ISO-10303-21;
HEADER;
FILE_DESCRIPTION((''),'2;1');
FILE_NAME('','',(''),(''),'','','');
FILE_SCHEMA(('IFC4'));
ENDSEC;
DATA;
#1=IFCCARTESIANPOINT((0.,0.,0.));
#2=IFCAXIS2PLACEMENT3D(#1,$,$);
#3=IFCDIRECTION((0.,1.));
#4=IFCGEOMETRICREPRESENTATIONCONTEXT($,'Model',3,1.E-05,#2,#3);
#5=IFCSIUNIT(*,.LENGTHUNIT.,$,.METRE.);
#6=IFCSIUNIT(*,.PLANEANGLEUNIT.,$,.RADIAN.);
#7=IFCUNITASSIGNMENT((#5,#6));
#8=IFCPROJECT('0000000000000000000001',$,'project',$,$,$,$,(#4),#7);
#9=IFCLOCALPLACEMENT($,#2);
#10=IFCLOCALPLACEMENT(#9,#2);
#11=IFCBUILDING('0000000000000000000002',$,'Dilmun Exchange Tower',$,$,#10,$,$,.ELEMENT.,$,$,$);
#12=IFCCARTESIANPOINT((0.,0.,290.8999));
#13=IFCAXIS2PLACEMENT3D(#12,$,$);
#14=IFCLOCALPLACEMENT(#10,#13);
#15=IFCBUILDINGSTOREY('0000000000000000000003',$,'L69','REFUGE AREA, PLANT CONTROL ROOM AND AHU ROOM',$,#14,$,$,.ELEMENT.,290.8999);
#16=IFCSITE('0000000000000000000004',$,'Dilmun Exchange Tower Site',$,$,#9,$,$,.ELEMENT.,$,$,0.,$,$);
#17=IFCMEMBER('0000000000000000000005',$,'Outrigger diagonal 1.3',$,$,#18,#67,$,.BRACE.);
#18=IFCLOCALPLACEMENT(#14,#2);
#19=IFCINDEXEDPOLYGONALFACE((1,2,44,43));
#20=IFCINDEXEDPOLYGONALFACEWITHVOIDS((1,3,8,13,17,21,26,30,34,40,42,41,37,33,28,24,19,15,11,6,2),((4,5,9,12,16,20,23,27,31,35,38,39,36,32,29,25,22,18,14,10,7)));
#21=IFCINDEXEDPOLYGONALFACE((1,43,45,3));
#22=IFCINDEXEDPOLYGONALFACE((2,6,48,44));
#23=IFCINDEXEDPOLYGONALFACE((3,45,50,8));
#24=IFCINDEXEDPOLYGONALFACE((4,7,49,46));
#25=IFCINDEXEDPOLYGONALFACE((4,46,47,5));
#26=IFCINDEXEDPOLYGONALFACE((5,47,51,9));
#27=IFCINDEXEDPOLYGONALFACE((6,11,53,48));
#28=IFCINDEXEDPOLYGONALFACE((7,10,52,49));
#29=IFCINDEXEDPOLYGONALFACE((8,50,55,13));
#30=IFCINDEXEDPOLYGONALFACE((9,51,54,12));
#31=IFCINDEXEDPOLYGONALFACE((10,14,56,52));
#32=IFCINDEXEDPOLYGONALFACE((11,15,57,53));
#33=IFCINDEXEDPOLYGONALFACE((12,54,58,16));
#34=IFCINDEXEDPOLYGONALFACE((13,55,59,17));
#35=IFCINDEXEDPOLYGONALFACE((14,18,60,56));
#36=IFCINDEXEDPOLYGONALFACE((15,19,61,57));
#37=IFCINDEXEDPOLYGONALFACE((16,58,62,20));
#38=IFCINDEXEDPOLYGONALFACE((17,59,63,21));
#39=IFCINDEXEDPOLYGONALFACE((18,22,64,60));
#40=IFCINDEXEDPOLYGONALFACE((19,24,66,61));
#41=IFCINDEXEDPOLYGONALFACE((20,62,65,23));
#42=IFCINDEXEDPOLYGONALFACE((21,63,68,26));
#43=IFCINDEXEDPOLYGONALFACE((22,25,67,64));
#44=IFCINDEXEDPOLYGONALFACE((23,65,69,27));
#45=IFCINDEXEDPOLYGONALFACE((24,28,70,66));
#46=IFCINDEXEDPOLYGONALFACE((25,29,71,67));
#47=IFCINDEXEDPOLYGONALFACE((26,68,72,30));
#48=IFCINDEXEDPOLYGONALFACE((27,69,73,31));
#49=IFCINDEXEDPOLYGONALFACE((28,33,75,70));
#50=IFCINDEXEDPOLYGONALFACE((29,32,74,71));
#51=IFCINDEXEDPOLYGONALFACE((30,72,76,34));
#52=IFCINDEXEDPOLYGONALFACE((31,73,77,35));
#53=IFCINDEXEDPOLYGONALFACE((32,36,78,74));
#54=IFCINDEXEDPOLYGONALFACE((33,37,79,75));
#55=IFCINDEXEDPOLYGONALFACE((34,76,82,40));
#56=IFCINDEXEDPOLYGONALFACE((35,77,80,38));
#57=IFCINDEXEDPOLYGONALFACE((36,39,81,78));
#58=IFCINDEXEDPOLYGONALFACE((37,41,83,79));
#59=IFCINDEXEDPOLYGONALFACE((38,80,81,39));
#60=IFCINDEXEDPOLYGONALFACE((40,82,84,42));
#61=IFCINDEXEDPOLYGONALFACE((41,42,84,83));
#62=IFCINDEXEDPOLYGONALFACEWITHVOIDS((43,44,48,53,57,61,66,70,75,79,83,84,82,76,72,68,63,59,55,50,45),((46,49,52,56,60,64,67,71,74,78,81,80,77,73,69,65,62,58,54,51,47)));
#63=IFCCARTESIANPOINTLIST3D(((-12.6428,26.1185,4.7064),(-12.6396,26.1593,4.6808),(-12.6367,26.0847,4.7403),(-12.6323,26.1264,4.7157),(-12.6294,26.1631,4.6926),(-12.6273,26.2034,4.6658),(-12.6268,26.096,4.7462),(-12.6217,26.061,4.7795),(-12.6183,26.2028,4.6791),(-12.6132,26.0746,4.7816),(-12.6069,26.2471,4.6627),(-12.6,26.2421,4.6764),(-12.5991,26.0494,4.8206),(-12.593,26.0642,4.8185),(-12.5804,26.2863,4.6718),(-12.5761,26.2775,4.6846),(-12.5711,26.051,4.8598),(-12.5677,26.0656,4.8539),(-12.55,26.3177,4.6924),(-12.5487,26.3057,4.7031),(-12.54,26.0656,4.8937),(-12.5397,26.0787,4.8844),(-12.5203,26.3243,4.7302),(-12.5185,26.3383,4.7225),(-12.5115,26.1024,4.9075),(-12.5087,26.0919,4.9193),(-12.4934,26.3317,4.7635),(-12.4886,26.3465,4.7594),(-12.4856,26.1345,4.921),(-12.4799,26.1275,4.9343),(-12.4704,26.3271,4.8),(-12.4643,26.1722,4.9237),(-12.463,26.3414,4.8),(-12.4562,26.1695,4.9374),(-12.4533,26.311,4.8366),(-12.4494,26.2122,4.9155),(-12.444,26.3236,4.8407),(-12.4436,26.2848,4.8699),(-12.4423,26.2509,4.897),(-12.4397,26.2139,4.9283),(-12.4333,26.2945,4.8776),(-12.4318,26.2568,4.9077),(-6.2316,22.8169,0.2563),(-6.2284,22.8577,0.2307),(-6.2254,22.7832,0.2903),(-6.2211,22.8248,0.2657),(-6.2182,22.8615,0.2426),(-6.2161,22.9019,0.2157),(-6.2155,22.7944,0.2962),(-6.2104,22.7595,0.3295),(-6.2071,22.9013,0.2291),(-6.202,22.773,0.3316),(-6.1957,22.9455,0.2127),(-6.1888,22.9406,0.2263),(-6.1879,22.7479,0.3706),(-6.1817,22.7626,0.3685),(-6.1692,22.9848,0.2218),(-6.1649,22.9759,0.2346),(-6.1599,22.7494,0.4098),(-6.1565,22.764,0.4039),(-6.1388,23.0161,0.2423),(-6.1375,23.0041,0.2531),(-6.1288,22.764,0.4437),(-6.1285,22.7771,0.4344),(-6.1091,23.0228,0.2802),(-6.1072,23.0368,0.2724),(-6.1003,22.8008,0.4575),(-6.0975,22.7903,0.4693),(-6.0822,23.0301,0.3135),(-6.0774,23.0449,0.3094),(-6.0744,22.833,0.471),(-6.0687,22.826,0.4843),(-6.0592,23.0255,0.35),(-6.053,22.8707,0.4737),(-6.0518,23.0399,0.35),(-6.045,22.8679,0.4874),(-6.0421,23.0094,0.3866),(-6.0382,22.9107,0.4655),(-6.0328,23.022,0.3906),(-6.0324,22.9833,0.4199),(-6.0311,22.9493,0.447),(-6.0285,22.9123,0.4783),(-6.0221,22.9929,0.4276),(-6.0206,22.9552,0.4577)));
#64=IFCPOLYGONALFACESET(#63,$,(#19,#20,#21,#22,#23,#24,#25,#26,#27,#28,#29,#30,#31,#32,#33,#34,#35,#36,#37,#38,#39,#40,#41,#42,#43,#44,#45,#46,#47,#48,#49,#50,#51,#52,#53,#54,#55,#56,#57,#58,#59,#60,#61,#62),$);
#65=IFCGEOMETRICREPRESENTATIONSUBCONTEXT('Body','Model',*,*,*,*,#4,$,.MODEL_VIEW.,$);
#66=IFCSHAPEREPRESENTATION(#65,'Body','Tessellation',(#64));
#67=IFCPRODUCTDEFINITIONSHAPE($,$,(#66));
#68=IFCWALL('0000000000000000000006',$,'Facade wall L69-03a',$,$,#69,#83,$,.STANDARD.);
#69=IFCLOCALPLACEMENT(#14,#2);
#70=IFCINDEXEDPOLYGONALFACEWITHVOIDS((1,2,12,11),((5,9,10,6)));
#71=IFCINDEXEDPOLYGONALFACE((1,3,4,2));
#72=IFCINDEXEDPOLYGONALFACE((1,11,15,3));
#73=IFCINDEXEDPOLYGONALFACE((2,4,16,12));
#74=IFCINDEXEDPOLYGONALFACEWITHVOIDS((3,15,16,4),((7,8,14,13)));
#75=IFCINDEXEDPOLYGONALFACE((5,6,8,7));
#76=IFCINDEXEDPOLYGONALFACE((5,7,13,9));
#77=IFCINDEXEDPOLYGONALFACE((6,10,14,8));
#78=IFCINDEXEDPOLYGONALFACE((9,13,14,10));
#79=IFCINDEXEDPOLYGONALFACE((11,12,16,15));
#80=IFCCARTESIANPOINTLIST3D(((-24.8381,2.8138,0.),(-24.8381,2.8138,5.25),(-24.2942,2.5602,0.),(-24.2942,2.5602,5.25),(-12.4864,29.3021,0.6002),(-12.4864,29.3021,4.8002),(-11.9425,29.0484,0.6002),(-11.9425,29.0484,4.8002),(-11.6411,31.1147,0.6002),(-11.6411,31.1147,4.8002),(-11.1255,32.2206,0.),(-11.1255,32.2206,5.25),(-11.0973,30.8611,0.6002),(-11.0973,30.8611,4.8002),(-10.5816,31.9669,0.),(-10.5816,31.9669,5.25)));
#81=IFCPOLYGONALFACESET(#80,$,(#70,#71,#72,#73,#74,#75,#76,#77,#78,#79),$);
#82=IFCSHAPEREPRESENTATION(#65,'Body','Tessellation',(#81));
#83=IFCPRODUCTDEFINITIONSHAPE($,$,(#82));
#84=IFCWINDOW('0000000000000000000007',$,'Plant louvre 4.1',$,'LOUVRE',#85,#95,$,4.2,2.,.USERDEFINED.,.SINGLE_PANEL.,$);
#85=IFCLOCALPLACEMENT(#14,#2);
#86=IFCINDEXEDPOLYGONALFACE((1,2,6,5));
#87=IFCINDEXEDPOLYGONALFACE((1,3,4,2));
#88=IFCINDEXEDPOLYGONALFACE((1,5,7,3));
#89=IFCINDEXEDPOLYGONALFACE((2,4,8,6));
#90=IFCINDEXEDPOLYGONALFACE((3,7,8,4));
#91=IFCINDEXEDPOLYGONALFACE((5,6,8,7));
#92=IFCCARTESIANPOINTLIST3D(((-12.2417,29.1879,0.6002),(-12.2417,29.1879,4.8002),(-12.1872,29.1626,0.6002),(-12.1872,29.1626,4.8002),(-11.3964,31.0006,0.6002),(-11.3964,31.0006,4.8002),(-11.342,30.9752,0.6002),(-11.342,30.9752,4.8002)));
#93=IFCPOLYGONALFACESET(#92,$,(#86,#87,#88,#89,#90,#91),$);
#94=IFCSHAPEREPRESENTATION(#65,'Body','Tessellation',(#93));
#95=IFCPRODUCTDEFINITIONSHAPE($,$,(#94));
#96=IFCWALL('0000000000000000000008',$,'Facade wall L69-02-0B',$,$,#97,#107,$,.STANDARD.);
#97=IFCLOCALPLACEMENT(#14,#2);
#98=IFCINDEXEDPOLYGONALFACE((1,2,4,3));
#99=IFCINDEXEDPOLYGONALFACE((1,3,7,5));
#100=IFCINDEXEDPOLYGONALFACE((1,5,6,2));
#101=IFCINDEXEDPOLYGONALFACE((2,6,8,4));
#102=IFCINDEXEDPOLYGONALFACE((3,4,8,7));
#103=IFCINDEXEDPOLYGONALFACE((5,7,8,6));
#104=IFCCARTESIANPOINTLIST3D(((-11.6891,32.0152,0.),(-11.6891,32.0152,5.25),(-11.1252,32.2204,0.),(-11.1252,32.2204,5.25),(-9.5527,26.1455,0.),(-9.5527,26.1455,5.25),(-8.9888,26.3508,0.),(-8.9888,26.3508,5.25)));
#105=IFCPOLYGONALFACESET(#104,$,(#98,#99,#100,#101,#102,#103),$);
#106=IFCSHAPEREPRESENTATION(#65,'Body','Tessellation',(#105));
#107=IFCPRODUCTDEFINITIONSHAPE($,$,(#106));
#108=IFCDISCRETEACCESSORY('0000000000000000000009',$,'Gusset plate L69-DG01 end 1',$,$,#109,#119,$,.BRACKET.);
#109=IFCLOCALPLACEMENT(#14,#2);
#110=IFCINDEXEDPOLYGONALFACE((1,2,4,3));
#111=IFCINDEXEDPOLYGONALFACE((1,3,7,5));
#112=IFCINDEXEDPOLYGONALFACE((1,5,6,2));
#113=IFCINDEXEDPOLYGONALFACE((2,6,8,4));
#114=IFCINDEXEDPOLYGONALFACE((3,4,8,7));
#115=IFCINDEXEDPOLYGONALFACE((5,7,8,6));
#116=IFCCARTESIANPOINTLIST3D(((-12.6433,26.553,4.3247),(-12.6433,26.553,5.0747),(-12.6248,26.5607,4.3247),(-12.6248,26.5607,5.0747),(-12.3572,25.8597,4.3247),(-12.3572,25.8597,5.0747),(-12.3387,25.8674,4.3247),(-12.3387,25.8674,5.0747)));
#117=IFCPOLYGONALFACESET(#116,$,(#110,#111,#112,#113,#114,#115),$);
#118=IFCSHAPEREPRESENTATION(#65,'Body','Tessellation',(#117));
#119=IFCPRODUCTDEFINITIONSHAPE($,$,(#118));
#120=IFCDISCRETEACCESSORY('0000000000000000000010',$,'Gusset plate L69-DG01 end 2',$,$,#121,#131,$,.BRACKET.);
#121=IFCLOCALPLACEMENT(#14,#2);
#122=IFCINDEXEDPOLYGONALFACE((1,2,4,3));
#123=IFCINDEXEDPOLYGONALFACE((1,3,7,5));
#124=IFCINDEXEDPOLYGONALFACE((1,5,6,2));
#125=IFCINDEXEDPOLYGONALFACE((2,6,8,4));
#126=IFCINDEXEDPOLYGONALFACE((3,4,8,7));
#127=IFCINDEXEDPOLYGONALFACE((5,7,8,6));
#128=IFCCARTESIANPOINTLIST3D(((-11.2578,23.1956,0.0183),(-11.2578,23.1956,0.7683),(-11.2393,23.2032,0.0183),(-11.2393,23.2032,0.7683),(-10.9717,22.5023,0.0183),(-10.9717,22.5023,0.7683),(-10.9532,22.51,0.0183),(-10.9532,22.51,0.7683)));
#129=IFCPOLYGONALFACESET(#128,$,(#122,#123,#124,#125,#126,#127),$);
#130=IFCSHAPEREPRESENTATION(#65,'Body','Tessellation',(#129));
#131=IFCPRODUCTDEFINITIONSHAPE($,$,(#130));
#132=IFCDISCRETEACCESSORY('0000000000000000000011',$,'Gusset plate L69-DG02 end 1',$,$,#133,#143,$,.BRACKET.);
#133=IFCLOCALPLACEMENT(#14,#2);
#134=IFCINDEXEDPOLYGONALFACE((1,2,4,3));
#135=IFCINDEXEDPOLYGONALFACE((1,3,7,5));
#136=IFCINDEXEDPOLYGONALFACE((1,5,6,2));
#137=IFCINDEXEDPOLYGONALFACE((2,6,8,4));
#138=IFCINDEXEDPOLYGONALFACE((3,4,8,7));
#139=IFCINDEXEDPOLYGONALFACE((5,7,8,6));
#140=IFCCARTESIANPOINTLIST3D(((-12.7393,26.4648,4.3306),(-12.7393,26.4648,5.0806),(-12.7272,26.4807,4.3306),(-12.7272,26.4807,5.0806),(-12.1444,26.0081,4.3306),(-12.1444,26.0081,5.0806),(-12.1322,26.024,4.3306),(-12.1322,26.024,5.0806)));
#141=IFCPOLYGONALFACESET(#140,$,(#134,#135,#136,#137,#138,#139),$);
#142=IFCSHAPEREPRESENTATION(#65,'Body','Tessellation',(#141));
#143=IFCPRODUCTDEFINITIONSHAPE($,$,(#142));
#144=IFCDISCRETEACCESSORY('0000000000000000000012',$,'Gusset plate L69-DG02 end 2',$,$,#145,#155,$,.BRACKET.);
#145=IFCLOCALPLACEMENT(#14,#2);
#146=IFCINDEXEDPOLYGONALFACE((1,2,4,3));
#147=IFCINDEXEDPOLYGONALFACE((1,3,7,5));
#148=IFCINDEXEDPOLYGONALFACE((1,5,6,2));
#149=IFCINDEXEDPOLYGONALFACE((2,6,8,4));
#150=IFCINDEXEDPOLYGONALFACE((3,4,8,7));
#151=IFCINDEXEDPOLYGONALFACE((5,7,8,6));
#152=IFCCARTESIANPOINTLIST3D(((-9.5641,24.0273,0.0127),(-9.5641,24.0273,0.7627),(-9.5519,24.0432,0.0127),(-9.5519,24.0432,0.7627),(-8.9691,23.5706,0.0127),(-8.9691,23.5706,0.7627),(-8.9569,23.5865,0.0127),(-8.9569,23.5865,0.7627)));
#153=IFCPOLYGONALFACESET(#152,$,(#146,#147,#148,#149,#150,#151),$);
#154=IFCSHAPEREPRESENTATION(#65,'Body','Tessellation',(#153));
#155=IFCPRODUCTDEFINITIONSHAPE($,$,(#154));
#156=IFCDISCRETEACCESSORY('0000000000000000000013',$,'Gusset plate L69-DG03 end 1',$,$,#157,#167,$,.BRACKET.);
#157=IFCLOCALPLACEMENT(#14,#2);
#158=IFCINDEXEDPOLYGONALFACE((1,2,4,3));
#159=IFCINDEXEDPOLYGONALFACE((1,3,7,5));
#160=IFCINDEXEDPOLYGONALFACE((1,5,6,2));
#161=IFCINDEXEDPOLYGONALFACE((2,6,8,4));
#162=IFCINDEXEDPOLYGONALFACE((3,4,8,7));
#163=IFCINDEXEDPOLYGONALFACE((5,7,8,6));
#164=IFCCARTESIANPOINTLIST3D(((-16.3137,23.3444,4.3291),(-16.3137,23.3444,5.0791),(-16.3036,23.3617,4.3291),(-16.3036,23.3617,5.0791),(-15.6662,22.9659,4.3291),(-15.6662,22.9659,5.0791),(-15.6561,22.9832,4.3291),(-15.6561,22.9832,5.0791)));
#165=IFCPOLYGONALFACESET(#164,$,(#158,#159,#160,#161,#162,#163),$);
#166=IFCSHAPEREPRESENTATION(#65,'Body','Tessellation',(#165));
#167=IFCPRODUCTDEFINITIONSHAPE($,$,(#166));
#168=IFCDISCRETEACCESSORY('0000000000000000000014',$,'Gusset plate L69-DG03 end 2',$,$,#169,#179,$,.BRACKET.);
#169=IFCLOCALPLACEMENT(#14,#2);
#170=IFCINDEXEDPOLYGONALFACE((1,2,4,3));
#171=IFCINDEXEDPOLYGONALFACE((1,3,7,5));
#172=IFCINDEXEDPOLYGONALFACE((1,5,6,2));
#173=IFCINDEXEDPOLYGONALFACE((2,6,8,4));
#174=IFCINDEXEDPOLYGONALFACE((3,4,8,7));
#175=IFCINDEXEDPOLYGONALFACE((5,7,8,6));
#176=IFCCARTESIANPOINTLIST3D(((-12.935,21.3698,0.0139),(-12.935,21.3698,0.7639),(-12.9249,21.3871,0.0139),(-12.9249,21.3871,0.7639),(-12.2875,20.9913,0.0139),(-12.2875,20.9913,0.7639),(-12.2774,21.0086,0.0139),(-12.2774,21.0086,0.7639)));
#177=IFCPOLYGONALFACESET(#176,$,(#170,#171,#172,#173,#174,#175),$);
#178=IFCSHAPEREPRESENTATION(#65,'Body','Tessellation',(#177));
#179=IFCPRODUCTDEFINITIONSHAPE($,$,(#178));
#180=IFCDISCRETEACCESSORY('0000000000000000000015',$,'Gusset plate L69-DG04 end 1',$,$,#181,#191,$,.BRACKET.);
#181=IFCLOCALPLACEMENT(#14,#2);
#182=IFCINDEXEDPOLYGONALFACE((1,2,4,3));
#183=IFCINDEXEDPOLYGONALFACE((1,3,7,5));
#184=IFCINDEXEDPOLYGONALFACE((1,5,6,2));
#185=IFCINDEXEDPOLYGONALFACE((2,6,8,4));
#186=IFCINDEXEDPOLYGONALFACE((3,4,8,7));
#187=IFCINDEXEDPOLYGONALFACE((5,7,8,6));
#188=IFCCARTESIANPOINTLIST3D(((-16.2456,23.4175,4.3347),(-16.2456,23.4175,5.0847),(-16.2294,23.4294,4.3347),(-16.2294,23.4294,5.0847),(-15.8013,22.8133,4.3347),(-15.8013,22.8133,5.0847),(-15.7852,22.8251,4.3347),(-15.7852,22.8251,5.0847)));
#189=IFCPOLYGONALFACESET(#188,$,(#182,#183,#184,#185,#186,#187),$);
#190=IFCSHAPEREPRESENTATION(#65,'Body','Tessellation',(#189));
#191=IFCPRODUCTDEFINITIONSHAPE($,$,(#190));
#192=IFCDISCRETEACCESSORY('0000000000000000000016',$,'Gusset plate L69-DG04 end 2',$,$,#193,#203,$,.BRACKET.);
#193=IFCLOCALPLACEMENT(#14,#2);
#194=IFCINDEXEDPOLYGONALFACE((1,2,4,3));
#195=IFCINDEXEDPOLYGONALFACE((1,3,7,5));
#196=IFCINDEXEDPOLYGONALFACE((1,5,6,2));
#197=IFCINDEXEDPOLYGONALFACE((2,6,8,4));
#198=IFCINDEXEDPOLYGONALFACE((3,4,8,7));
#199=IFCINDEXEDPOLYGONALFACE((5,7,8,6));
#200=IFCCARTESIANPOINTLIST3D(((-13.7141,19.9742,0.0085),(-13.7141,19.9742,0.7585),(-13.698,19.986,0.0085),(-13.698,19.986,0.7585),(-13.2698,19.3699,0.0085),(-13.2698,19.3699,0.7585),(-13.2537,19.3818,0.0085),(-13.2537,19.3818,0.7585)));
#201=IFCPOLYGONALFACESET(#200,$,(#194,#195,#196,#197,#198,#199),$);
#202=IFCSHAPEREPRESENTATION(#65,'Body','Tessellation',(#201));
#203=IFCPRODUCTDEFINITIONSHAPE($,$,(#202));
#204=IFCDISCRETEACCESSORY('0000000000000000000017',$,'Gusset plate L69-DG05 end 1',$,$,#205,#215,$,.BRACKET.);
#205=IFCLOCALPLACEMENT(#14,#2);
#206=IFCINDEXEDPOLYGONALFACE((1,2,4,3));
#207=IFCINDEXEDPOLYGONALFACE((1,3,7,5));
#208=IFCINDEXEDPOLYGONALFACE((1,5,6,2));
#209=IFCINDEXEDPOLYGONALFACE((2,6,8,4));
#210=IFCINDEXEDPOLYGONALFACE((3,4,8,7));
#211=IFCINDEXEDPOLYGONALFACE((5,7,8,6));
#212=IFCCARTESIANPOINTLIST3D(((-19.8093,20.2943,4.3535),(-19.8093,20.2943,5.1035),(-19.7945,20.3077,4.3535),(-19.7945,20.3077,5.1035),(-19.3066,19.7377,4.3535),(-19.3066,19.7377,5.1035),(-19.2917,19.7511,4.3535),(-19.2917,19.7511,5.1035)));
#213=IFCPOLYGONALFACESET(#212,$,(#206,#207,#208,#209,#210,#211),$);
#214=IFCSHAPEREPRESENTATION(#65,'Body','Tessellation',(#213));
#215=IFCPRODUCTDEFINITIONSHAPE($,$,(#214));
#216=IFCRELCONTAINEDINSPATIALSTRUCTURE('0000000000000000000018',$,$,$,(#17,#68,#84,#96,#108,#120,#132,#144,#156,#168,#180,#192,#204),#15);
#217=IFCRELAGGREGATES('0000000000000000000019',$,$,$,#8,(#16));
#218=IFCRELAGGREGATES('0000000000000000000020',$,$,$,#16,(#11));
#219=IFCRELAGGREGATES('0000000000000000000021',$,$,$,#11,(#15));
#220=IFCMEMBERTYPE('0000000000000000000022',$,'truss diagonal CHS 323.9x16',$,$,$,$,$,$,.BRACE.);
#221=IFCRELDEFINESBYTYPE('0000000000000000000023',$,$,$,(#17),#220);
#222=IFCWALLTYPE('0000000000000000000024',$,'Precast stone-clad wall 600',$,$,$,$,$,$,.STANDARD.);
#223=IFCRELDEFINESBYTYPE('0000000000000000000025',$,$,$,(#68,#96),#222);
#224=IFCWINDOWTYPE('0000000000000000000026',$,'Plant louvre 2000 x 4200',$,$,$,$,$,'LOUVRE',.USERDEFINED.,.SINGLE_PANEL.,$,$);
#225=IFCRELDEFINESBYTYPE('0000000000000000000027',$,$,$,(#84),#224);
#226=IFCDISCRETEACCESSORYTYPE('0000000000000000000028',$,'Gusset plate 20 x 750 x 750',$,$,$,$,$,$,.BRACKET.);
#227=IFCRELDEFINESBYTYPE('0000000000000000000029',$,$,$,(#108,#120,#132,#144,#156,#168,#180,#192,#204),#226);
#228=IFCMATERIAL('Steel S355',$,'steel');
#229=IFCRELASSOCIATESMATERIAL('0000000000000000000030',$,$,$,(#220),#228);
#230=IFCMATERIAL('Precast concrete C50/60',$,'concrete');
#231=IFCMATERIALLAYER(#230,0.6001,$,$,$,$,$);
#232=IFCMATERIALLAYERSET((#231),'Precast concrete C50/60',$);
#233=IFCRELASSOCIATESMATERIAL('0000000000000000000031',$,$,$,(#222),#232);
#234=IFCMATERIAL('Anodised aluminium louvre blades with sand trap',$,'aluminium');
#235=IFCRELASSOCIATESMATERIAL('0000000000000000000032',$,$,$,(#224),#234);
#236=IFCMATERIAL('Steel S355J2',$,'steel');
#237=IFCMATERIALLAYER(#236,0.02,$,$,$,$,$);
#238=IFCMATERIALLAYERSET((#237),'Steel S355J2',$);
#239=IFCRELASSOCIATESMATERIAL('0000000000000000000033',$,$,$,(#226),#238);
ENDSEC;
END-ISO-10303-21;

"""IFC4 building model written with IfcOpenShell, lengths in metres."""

from ifc_helpers import new_model, si_unit, direction, frame, frame_2d, origin, origin_2d, place, context, subcontext, project, spatial, rectangle, hollow_circle, extrude, material, layer, layer_set, material_profile, profile_set, type_object, element, fill, save


model = new_model("IFC4")

# Units and contexts
model_context = context("Model", 3, precision=1e-05, world=origin(), true_north=direction((0.0, 1.0)))
body_context = subcontext(model_context, "Body", "Model", "MODEL_VIEW")
ifc_project = project(units=[si_unit("LENGTHUNIT", "METRE"), si_unit("PLANEANGLEUNIT", "RADIAN")], contexts=[model_context])

# Site, building, storey
site_placement = place(None, origin())
site = spatial("IfcSite", under=ifc_project, at=site_placement, Name="Dilmun Exchange Tower Site", CompositionType="ELEMENT", RefElevation=0.0)
building_placement = place(site_placement, origin())
building = spatial("IfcBuilding", under=site, at=building_placement, Name="Dilmun Exchange Tower", CompositionType="ELEMENT")
storey_placement = place(building_placement, frame((0.0, 0.0, 290.8999)))
storey = spatial("IfcBuildingStorey", under=building, at=storey_placement, Name="L69", Description="REFUGE AREA, PLANT CONTROL ROOM AND AHU ROOM", CompositionType="ELEMENT", Elevation=290.8999)

# Shared definitions
ifc_material_1 = material(Name="Steel S355", Category="steel")

# Member
ifc_material_profile_1 = material_profile(ifc_material_1, hollow_circle(Radius=0.1619, WallThickness=0.0161, at=origin_2d()), Name="CHS 323.9x16")
ifc_profile_set_1 = profile_set([ifc_material_profile_1], Name="Steel S355")
member_type_1 = type_object("IfcMemberType", Name="truss diagonal CHS 323.9x16", PredefinedType="BRACE", material=ifc_profile_set_1)
member_1_placement = place(storey_placement, frame((-12.5371, 26.1975, 4.8), z_axis=(0.756586, -0.389616, -0.525145), x_axis=(0.457826, 0.889042, 0.0)))
element("IfcMember", 1, at=member_1_placement, inside=storey, type_object=member_type_1, Name="Outrigger diagonal 1.3", PredefinedType="BRACE", context=body_context, shape_type="SweptSolid", body=[
    extrude(hollow_circle(Radius=0.1619, WallThickness=0.0161, at=origin_2d()), origin(), (0.0, 0.0, 1.0), 8.4739),
])

# Wall, opening, window
ifc_material_2 = material(Name="Precast concrete C50/60", Category="concrete")
ifc_layer_1 = layer(ifc_material_2, 0.6001)
ifc_layer_set_1 = layer_set([ifc_layer_1], Name="Precast concrete C50/60")
wall_type = type_object("IfcWallType", Name="Precast stone-clad wall 600", PredefinedType="STANDARD", material=ifc_layer_set_1)
wall_1_placement = place(storey_placement, frame((-10.8535, 32.0938, 0.0), z_axis=(0.0, 0.0, 1.0), x_axis=(-0.42262, -0.906307, 0.0)))
wall_1 = element("IfcWall", 2, at=wall_1_placement, inside=storey, type_object=wall_type, Name="Facade wall L69-03a", PredefinedType="STANDARD", context=body_context, shape_type="SweptSolid", body=[
    extrude(rectangle(XDim=32.4468, YDim=0.6001, at=frame_2d((16.2234, 0.0))), origin(), (0.0, 0.0, 1.0), 5.25),
])
opening_placement = place(wall_1_placement, frame((1.2202, 0.0, 0.6001)))
opening = element("IfcOpeningElement", 3, at=opening_placement, cuts=wall_1, PredefinedType="OPENING", context=body_context, shape_type="SweptSolid", body=[
    extrude(rectangle(XDim=2.0, YDim=4.2, at=frame_2d((1.0, 2.1001))), frame((0.0, 0.3101, 0.0), z_axis=(0.0, -1.0, 0.0), x_axis=(1.0, 0.0, 0.0)), (0.0, 0.0, 1.0), 0.6201),
])
ifc_material_3 = material(Name="Anodised aluminium louvre blades with sand trap", Category="aluminium")
window_type = type_object("IfcWindowType", Name="Plant louvre 2000 x 4200", ElementType="LOUVRE", PartitioningType="SINGLE_PANEL", PredefinedType="USERDEFINED", material=ifc_material_3)
window_placement = place(opening_placement, origin())
window = element("IfcWindow", 4, at=window_placement, inside=storey, type_object=window_type, Name="Plant louvre 4.1", ObjectType="LOUVRE", OverallHeight=4.2, OverallWidth=2.0, PartitioningType="SINGLE_PANEL", PredefinedType="USERDEFINED", context=body_context, shape_type="SweptSolid", body=[
    extrude(rectangle(XDim=2.0, YDim=4.2, at=frame_2d((1.0, 2.1001))), frame((0.0, 0.03, 0.0), z_axis=(0.0, -1.0, 0.0), x_axis=(1.0, 0.0, 0.0)), (0.0, 0.0, 1.0), 0.0601),
])
fill(opening, window)

# Wall
wall_2_placement = place(storey_placement, frame((-9.2708, 26.2483, 0.0), z_axis=(0.0, 0.0, 1.0), x_axis=(-0.342035, 0.939687, 0.0)))
element("IfcWall", 5, at=wall_2_placement, inside=storey, type_object=wall_type, Name="Facade wall L69-02-0B", PredefinedType="STANDARD", context=body_context, shape_type="SweptSolid", body=[
    extrude(rectangle(XDim=6.2463, YDim=0.6001, at=frame_2d((3.123, 0.0))), origin(), (0.0, 0.0, 1.0), 5.25),
])

# Discrete accessories
ifc_material_4 = material(Name="Steel S355J2", Category="steel")
ifc_layer_2 = layer(ifc_material_4, 0.02)
ifc_layer_set_2 = layer_set([ifc_layer_2], Name="Steel S355J2")
discrete_accessory_type = type_object("IfcDiscreteAccessoryType", Name="Gusset plate 20 x 750 x 750", PredefinedType="BRACKET", material=ifc_layer_set_2)
for number, where, z_axis, x_axis, name in (
    (6, (-12.491, 26.2102, 4.3247), (0.0, 0.0, 1.0), (0.381459, -0.924386, 0.0), "Gusset plate L69-DG01 end 1"),
    (7, (-11.1055, 22.8528, 0.0183), (0.0, 0.0, 1.0), (0.381459, -0.924386, 0.0), "Gusset plate L69-DG01 end 2"),
    (8, (-12.4358, 26.2444, 4.3306), (0.0, 0.0, 1.0), (0.793223, -0.608932, 0.0), "Gusset plate L69-DG02 end 1"),
    (9, (-9.2605, 23.8069, 0.0127), (0.0, 0.0, 1.0), (0.793223, -0.608932, 0.0), "Gusset plate L69-DG02 end 2"),
    (10, (-15.9849, 23.1638, 4.3291), (0.0, 0.0, 1.0), (0.863347, -0.504611, 0.0), "Gusset plate L69-DG03 end 1"),
    (11, (-12.6062, 21.1892, 0.0139), (0.0, 0.0, 1.0), (0.863347, -0.504611, 0.0), "Gusset plate L69-DG03 end 2"),
    (12, (-16.0154, 23.1213, 4.3347), (0.0, 0.0, 1.0), (0.592349, -0.805681, 0.0), "Gusset plate L69-DG04 end 1"),
    (13, (-13.4839, 19.678, 0.0085), (0.0, 0.0, 1.0), (0.592349, -0.805681, 0.0), "Gusset plate L69-DG04 end 2"),
    (14, (-19.5505, 20.0227, 4.3535), (0.0, 0.0, 1.0), (0.670349, -0.742046, 0.0), "Gusset plate L69-DG05 end 1"),
):
    element("IfcDiscreteAccessory", number, at=place(storey_placement, frame(where, z_axis=z_axis, x_axis=x_axis)), inside=storey, type_object=discrete_accessory_type, Name=name, PredefinedType="BRACKET", context=body_context, shape_type="SweptSolid", body=[
        extrude(rectangle(XDim=0.75, YDim=0.02, at=origin_2d()), origin(), (0.0, 0.0, 1.0), 0.75),
    ])

save(model, "model.ifc")
